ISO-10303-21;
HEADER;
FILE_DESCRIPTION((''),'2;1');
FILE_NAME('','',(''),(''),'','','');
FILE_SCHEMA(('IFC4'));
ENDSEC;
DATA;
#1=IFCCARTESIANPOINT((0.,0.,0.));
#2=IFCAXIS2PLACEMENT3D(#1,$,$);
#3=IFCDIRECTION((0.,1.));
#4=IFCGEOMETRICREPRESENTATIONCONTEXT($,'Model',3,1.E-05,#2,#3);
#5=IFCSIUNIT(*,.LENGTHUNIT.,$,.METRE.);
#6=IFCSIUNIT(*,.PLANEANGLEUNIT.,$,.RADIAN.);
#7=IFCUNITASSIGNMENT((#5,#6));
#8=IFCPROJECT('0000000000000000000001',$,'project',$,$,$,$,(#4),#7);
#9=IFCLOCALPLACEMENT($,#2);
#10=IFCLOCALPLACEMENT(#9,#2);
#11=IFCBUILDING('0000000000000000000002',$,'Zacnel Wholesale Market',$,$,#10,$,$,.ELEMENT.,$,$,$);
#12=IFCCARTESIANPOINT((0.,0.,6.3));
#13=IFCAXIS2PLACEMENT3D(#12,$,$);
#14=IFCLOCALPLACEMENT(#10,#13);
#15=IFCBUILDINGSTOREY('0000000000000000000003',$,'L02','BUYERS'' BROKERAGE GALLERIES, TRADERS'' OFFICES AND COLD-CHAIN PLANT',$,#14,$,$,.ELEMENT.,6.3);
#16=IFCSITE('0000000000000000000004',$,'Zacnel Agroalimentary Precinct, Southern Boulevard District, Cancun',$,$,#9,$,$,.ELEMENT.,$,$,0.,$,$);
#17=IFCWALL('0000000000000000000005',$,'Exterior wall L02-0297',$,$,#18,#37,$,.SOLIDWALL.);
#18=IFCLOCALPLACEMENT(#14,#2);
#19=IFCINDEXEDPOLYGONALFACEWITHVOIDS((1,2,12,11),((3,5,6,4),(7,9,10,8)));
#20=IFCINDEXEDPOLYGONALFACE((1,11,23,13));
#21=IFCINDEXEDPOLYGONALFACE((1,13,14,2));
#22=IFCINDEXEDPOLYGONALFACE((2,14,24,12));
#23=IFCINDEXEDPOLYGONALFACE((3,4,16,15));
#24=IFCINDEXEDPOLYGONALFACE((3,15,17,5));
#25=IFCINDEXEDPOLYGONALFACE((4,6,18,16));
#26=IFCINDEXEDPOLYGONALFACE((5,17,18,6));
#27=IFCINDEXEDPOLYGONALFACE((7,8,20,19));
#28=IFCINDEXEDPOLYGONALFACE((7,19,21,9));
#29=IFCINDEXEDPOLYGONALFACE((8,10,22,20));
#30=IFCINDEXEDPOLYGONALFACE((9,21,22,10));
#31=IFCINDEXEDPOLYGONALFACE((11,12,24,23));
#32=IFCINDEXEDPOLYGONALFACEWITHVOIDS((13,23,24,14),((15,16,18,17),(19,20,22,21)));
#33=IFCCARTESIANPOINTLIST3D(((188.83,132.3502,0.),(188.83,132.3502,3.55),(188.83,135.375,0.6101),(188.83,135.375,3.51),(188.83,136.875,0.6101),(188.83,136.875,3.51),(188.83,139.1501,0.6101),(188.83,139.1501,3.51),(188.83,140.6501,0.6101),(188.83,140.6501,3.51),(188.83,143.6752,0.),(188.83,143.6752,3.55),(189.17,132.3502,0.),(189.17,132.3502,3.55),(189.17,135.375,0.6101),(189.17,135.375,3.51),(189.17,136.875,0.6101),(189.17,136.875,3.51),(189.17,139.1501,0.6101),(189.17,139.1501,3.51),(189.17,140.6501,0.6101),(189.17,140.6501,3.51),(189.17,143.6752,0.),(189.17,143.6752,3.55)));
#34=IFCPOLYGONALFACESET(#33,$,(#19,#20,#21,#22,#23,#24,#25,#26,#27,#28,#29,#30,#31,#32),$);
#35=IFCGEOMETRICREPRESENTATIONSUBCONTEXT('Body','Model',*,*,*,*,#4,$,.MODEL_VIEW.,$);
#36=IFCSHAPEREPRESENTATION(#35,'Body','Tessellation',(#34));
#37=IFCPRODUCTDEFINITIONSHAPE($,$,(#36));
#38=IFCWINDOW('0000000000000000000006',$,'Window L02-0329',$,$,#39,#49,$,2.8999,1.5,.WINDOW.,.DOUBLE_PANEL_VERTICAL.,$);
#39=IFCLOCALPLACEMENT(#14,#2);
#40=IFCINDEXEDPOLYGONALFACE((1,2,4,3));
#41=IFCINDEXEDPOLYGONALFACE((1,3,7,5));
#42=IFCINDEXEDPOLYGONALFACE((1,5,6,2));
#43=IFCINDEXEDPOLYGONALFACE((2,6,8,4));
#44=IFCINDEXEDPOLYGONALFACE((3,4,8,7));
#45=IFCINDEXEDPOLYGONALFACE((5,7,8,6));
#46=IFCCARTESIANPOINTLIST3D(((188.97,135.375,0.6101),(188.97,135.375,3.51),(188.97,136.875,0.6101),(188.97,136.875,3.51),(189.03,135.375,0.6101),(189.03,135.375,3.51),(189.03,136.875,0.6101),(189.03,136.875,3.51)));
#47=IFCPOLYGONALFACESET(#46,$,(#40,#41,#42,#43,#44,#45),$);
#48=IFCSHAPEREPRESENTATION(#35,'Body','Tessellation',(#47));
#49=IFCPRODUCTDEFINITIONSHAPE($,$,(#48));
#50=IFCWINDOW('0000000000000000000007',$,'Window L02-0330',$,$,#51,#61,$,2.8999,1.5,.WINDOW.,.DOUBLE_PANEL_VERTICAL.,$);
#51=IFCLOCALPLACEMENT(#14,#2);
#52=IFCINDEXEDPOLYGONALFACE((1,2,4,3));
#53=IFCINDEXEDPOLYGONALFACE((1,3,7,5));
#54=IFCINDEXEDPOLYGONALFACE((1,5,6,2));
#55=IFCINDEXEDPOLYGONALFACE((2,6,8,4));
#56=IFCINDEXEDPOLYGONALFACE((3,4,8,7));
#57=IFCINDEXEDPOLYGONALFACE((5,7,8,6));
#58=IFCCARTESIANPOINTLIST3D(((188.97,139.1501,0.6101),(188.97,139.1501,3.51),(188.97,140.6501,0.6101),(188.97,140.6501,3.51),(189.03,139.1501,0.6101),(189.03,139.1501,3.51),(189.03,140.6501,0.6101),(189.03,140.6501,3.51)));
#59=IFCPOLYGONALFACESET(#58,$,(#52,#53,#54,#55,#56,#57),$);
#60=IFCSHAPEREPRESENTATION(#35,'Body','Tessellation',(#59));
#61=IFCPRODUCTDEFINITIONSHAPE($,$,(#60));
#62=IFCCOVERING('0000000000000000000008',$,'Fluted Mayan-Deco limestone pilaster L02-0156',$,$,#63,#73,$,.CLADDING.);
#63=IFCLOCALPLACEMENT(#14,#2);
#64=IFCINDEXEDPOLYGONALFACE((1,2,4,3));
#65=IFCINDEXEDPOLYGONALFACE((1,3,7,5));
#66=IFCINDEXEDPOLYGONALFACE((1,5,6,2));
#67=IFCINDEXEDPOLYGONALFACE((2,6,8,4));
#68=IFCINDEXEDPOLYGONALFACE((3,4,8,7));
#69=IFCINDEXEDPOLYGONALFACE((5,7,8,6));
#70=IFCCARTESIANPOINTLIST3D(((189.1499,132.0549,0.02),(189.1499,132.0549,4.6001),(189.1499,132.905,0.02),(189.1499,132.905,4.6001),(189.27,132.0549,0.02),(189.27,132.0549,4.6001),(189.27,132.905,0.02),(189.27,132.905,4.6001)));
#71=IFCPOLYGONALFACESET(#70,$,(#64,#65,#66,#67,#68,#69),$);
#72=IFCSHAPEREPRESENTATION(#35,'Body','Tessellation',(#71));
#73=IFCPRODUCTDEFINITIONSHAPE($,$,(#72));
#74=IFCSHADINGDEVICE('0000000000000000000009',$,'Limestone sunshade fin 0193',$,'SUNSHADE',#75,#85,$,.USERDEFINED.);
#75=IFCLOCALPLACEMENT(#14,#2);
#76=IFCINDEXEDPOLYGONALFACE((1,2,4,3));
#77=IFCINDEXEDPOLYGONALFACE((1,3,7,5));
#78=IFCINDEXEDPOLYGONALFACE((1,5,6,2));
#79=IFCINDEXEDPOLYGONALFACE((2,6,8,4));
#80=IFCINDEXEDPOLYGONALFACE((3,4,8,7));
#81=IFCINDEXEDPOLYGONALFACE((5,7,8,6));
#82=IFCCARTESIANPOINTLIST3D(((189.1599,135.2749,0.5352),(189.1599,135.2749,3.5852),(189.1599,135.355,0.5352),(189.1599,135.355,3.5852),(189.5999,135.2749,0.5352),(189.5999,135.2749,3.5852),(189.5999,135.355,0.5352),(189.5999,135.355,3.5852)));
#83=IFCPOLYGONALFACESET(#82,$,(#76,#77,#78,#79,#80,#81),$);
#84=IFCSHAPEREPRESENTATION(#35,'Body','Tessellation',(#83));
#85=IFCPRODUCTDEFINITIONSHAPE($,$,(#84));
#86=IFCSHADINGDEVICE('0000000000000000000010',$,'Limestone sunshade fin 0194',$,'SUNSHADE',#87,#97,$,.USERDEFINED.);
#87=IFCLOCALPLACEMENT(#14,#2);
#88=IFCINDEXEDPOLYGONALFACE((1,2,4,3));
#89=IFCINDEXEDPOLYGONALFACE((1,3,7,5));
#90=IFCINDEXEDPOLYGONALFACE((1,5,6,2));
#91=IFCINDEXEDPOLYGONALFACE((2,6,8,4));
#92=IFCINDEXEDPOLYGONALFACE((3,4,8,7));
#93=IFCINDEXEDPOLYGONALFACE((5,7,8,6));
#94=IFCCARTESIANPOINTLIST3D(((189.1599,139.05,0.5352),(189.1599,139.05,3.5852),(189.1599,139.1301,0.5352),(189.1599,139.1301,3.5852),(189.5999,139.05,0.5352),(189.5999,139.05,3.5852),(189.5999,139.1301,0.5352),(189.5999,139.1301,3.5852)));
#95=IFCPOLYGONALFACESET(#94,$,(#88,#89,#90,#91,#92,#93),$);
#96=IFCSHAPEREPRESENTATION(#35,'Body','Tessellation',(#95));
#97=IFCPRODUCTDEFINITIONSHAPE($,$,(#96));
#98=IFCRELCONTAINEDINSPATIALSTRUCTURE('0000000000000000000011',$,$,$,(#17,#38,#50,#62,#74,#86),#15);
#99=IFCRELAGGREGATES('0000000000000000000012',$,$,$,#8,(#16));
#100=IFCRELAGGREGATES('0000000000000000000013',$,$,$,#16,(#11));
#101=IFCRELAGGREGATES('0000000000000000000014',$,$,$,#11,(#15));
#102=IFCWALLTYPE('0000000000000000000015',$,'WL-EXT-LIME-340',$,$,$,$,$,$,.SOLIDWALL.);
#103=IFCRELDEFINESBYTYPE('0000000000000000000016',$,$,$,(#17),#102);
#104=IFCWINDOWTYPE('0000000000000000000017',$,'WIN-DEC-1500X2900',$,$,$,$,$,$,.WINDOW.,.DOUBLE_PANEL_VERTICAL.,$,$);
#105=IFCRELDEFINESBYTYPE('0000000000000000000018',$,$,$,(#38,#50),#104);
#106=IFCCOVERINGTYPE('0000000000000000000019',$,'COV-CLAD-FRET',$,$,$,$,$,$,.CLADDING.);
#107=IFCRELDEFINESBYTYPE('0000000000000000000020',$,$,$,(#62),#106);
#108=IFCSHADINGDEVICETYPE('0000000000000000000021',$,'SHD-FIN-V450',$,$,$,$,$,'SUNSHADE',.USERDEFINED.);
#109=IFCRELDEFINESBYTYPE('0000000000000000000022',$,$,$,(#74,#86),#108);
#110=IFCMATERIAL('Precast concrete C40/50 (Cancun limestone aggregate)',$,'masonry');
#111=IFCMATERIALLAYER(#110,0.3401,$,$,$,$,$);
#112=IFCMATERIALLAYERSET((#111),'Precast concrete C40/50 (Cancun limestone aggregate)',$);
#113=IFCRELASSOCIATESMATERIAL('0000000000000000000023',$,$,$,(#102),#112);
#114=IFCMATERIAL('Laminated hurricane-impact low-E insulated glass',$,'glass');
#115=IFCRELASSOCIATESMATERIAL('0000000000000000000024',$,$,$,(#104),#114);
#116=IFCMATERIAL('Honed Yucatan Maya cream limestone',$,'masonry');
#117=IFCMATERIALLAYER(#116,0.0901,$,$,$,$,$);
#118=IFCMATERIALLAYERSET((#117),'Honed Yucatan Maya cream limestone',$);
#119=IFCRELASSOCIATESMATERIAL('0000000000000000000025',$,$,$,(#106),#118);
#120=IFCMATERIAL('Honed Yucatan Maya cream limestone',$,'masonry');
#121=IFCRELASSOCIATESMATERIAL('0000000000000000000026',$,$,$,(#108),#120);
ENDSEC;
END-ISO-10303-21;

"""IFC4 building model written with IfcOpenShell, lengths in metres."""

from ifc_helpers import new_model, si_unit, direction, frame, frame_2d, origin, origin_2d, place, context, subcontext, project, spatial, rectangle, extrude, material, layer, layer_set, type_object, element, fill, save


model = new_model("IFC4")

# Units and contexts
model_context = context("Model", 3, precision=1e-05, world=origin(), true_north=direction((0.0, 1.0)))
body_context = subcontext(model_context, "Body", "Model", "MODEL_VIEW")
ifc_project = project(units=[si_unit("LENGTHUNIT", "METRE"), si_unit("PLANEANGLEUNIT", "RADIAN")], contexts=[model_context])

# Site, building, storey
site_placement = place(None, origin())
site = spatial("IfcSite", under=ifc_project, at=site_placement, Name="Zacnel Agroalimentary Precinct, Southern Boulevard District, Cancun", CompositionType="ELEMENT", RefElevation=0.0)
building_placement = place(site_placement, origin())
building = spatial("IfcBuilding", under=site, at=building_placement, Name="Zacnel Wholesale Market", CompositionType="ELEMENT")
storey_placement = place(building_placement, frame((0.0, 0.0, 6.3)))
storey = spatial("IfcBuildingStorey", under=building, at=storey_placement, Name="L02", Description="BUYERS' BROKERAGE GALLERIES, TRADERS' OFFICES AND COLD-CHAIN PLANT", CompositionType="ELEMENT", Elevation=6.3)

# Wall, openings, windows
ifc_material_1 = material(Name="Precast concrete C40/50 (Cancun limestone aggregate)", Category="masonry")
ifc_layer_1 = layer(ifc_material_1, 0.3401)
ifc_layer_set_1 = layer_set([ifc_layer_1], Name="Precast concrete C40/50 (Cancun limestone aggregate)")
wall_type = type_object("IfcWallType", Name="WL-EXT-LIME-340", PredefinedType="SOLIDWALL", material=ifc_layer_set_1)
wall_placement = place(storey_placement, frame((189.0, 132.3501, 0.0), z_axis=(0.0, 0.0, 1.0), x_axis=(0.0, 1.0, 0.0)))
wall = element("IfcWall", 1, at=wall_placement, inside=storey, type_object=wall_type, Name="Exterior wall L02-0297", PredefinedType="SOLIDWALL", context=body_context, shape_type="SweptSolid", body=[
    extrude(rectangle(XDim=11.325, YDim=0.3401, at=frame_2d((5.6626, 0.0))), origin(), (0.0, 0.0, 1.0), 3.55),
])
opening_1_placement = place(wall_placement, frame((3.0249, 0.0, 0.6101)))
opening_1 = element("IfcOpeningElement", 2, at=opening_1_placement, cuts=wall, PredefinedType="OPENING", context=body_context, shape_type="SweptSolid", body=[
    extrude(rectangle(XDim=1.5, YDim=2.8999, at=frame_2d((0.75, 1.45))), frame((0.0, 0.1799, 0.0), z_axis=(0.0, -1.0, 0.0), x_axis=(1.0, 0.0, 0.0)), (0.0, 0.0, 1.0), 0.3601),
])
opening_2_placement = place(wall_placement, frame((6.8, 0.0, 0.6101)))
opening_2 = element("IfcOpeningElement", 3, at=opening_2_placement, cuts=wall, PredefinedType="OPENING", context=body_context, shape_type="SweptSolid", body=[
    extrude(rectangle(XDim=1.5, YDim=2.8999, at=frame_2d((0.75, 1.45))), frame((0.0, 0.1799, 0.0), z_axis=(0.0, -1.0, 0.0), x_axis=(1.0, 0.0, 0.0)), (0.0, 0.0, 1.0), 0.3601),
])
ifc_material_2 = material(Name="Laminated hurricane-impact low-E insulated glass", Category="glass")
window_type = type_object("IfcWindowType", Name="WIN-DEC-1500X2900", PartitioningType="DOUBLE_PANEL_VERTICAL", PredefinedType="WINDOW", material=ifc_material_2)
window_1_placement = place(opening_1_placement, origin())
window_1 = element("IfcWindow", 4, at=window_1_placement, inside=storey, type_object=window_type, Name="Window L02-0329", OverallHeight=2.8999, OverallWidth=1.5, PartitioningType="DOUBLE_PANEL_VERTICAL", PredefinedType="WINDOW", context=body_context, shape_type="SweptSolid", body=[
    extrude(rectangle(XDim=1.5, YDim=2.8999, at=frame_2d((0.75, 1.45))), frame((0.0, 0.03, 0.0), z_axis=(0.0, -1.0, 0.0), x_axis=(1.0, 0.0, 0.0)), (0.0, 0.0, 1.0), 0.0601),
])
fill(opening_1, window_1)
window_2_placement = place(opening_2_placement, origin())
window_2 = element("IfcWindow", 5, at=window_2_placement, inside=storey, type_object=window_type, Name="Window L02-0330", OverallHeight=2.8999, OverallWidth=1.5, PartitioningType="DOUBLE_PANEL_VERTICAL", PredefinedType="WINDOW", context=body_context, shape_type="SweptSolid", body=[
    extrude(rectangle(XDim=1.5, YDim=2.8999, at=frame_2d((0.75, 1.45))), frame((0.0, 0.03, 0.0), z_axis=(0.0, -1.0, 0.0), x_axis=(1.0, 0.0, 0.0)), (0.0, 0.0, 1.0), 0.0601),
])
fill(opening_2, window_2)

# Covering
ifc_material_3 = material(Name="Honed Yucatan Maya cream limestone", Category="masonry")
ifc_layer_2 = layer(ifc_material_3, 0.0901)
ifc_layer_set_2 = layer_set([ifc_layer_2], Name="Honed Yucatan Maya cream limestone")
covering_type = type_object("IfcCoveringType", Name="COV-CLAD-FRET", PredefinedType="CLADDING", material=ifc_layer_set_2)
covering_placement = place(storey_placement, frame((189.21, 132.48, 0.02), z_axis=(0.0, 0.0, 1.0), x_axis=(0.0, 1.0, 0.0)))
element("IfcCovering", 6, at=covering_placement, inside=storey, type_object=covering_type, Name="Fluted Mayan-Deco limestone pilaster L02-0156", PredefinedType="CLADDING", context=body_context, shape_type="SweptSolid", body=[
    extrude(rectangle(XDim=0.8501, YDim=0.1201, at=origin_2d()), origin(), (0.0, 0.0, 1.0), 4.5801),
])

# Shading devices
ifc_material_4 = material(Name="Honed Yucatan Maya cream limestone", Category="masonry")
shading_device_type = type_object("IfcShadingDeviceType", Name="SHD-FIN-V450", ElementType="SUNSHADE", PredefinedType="USERDEFINED", material=ifc_material_4)
for number, where, z_axis, x_axis, name in (
    (7, (189.3799, 135.3149, 0.5352), (0.0, 0.0, 1.0), (0.0, 1.0, 0.0), "Limestone sunshade fin 0193"),
    (8, (189.3799, 139.0901, 0.5352), (0.0, 0.0, 1.0), (0.0, 1.0, 0.0), "Limestone sunshade fin 0194"),
):
    element("IfcShadingDevice", number, at=place(storey_placement, frame(where, z_axis=z_axis, x_axis=x_axis)), inside=storey, type_object=shading_device_type, Name=name, ObjectType="SUNSHADE", PredefinedType="USERDEFINED", context=body_context, shape_type="SweptSolid", body=[
        extrude(rectangle(XDim=0.0801, YDim=0.4399, at=origin_2d()), origin(), (0.0, 0.0, 1.0), 3.05),
    ])

save(model, "model.ifc")
